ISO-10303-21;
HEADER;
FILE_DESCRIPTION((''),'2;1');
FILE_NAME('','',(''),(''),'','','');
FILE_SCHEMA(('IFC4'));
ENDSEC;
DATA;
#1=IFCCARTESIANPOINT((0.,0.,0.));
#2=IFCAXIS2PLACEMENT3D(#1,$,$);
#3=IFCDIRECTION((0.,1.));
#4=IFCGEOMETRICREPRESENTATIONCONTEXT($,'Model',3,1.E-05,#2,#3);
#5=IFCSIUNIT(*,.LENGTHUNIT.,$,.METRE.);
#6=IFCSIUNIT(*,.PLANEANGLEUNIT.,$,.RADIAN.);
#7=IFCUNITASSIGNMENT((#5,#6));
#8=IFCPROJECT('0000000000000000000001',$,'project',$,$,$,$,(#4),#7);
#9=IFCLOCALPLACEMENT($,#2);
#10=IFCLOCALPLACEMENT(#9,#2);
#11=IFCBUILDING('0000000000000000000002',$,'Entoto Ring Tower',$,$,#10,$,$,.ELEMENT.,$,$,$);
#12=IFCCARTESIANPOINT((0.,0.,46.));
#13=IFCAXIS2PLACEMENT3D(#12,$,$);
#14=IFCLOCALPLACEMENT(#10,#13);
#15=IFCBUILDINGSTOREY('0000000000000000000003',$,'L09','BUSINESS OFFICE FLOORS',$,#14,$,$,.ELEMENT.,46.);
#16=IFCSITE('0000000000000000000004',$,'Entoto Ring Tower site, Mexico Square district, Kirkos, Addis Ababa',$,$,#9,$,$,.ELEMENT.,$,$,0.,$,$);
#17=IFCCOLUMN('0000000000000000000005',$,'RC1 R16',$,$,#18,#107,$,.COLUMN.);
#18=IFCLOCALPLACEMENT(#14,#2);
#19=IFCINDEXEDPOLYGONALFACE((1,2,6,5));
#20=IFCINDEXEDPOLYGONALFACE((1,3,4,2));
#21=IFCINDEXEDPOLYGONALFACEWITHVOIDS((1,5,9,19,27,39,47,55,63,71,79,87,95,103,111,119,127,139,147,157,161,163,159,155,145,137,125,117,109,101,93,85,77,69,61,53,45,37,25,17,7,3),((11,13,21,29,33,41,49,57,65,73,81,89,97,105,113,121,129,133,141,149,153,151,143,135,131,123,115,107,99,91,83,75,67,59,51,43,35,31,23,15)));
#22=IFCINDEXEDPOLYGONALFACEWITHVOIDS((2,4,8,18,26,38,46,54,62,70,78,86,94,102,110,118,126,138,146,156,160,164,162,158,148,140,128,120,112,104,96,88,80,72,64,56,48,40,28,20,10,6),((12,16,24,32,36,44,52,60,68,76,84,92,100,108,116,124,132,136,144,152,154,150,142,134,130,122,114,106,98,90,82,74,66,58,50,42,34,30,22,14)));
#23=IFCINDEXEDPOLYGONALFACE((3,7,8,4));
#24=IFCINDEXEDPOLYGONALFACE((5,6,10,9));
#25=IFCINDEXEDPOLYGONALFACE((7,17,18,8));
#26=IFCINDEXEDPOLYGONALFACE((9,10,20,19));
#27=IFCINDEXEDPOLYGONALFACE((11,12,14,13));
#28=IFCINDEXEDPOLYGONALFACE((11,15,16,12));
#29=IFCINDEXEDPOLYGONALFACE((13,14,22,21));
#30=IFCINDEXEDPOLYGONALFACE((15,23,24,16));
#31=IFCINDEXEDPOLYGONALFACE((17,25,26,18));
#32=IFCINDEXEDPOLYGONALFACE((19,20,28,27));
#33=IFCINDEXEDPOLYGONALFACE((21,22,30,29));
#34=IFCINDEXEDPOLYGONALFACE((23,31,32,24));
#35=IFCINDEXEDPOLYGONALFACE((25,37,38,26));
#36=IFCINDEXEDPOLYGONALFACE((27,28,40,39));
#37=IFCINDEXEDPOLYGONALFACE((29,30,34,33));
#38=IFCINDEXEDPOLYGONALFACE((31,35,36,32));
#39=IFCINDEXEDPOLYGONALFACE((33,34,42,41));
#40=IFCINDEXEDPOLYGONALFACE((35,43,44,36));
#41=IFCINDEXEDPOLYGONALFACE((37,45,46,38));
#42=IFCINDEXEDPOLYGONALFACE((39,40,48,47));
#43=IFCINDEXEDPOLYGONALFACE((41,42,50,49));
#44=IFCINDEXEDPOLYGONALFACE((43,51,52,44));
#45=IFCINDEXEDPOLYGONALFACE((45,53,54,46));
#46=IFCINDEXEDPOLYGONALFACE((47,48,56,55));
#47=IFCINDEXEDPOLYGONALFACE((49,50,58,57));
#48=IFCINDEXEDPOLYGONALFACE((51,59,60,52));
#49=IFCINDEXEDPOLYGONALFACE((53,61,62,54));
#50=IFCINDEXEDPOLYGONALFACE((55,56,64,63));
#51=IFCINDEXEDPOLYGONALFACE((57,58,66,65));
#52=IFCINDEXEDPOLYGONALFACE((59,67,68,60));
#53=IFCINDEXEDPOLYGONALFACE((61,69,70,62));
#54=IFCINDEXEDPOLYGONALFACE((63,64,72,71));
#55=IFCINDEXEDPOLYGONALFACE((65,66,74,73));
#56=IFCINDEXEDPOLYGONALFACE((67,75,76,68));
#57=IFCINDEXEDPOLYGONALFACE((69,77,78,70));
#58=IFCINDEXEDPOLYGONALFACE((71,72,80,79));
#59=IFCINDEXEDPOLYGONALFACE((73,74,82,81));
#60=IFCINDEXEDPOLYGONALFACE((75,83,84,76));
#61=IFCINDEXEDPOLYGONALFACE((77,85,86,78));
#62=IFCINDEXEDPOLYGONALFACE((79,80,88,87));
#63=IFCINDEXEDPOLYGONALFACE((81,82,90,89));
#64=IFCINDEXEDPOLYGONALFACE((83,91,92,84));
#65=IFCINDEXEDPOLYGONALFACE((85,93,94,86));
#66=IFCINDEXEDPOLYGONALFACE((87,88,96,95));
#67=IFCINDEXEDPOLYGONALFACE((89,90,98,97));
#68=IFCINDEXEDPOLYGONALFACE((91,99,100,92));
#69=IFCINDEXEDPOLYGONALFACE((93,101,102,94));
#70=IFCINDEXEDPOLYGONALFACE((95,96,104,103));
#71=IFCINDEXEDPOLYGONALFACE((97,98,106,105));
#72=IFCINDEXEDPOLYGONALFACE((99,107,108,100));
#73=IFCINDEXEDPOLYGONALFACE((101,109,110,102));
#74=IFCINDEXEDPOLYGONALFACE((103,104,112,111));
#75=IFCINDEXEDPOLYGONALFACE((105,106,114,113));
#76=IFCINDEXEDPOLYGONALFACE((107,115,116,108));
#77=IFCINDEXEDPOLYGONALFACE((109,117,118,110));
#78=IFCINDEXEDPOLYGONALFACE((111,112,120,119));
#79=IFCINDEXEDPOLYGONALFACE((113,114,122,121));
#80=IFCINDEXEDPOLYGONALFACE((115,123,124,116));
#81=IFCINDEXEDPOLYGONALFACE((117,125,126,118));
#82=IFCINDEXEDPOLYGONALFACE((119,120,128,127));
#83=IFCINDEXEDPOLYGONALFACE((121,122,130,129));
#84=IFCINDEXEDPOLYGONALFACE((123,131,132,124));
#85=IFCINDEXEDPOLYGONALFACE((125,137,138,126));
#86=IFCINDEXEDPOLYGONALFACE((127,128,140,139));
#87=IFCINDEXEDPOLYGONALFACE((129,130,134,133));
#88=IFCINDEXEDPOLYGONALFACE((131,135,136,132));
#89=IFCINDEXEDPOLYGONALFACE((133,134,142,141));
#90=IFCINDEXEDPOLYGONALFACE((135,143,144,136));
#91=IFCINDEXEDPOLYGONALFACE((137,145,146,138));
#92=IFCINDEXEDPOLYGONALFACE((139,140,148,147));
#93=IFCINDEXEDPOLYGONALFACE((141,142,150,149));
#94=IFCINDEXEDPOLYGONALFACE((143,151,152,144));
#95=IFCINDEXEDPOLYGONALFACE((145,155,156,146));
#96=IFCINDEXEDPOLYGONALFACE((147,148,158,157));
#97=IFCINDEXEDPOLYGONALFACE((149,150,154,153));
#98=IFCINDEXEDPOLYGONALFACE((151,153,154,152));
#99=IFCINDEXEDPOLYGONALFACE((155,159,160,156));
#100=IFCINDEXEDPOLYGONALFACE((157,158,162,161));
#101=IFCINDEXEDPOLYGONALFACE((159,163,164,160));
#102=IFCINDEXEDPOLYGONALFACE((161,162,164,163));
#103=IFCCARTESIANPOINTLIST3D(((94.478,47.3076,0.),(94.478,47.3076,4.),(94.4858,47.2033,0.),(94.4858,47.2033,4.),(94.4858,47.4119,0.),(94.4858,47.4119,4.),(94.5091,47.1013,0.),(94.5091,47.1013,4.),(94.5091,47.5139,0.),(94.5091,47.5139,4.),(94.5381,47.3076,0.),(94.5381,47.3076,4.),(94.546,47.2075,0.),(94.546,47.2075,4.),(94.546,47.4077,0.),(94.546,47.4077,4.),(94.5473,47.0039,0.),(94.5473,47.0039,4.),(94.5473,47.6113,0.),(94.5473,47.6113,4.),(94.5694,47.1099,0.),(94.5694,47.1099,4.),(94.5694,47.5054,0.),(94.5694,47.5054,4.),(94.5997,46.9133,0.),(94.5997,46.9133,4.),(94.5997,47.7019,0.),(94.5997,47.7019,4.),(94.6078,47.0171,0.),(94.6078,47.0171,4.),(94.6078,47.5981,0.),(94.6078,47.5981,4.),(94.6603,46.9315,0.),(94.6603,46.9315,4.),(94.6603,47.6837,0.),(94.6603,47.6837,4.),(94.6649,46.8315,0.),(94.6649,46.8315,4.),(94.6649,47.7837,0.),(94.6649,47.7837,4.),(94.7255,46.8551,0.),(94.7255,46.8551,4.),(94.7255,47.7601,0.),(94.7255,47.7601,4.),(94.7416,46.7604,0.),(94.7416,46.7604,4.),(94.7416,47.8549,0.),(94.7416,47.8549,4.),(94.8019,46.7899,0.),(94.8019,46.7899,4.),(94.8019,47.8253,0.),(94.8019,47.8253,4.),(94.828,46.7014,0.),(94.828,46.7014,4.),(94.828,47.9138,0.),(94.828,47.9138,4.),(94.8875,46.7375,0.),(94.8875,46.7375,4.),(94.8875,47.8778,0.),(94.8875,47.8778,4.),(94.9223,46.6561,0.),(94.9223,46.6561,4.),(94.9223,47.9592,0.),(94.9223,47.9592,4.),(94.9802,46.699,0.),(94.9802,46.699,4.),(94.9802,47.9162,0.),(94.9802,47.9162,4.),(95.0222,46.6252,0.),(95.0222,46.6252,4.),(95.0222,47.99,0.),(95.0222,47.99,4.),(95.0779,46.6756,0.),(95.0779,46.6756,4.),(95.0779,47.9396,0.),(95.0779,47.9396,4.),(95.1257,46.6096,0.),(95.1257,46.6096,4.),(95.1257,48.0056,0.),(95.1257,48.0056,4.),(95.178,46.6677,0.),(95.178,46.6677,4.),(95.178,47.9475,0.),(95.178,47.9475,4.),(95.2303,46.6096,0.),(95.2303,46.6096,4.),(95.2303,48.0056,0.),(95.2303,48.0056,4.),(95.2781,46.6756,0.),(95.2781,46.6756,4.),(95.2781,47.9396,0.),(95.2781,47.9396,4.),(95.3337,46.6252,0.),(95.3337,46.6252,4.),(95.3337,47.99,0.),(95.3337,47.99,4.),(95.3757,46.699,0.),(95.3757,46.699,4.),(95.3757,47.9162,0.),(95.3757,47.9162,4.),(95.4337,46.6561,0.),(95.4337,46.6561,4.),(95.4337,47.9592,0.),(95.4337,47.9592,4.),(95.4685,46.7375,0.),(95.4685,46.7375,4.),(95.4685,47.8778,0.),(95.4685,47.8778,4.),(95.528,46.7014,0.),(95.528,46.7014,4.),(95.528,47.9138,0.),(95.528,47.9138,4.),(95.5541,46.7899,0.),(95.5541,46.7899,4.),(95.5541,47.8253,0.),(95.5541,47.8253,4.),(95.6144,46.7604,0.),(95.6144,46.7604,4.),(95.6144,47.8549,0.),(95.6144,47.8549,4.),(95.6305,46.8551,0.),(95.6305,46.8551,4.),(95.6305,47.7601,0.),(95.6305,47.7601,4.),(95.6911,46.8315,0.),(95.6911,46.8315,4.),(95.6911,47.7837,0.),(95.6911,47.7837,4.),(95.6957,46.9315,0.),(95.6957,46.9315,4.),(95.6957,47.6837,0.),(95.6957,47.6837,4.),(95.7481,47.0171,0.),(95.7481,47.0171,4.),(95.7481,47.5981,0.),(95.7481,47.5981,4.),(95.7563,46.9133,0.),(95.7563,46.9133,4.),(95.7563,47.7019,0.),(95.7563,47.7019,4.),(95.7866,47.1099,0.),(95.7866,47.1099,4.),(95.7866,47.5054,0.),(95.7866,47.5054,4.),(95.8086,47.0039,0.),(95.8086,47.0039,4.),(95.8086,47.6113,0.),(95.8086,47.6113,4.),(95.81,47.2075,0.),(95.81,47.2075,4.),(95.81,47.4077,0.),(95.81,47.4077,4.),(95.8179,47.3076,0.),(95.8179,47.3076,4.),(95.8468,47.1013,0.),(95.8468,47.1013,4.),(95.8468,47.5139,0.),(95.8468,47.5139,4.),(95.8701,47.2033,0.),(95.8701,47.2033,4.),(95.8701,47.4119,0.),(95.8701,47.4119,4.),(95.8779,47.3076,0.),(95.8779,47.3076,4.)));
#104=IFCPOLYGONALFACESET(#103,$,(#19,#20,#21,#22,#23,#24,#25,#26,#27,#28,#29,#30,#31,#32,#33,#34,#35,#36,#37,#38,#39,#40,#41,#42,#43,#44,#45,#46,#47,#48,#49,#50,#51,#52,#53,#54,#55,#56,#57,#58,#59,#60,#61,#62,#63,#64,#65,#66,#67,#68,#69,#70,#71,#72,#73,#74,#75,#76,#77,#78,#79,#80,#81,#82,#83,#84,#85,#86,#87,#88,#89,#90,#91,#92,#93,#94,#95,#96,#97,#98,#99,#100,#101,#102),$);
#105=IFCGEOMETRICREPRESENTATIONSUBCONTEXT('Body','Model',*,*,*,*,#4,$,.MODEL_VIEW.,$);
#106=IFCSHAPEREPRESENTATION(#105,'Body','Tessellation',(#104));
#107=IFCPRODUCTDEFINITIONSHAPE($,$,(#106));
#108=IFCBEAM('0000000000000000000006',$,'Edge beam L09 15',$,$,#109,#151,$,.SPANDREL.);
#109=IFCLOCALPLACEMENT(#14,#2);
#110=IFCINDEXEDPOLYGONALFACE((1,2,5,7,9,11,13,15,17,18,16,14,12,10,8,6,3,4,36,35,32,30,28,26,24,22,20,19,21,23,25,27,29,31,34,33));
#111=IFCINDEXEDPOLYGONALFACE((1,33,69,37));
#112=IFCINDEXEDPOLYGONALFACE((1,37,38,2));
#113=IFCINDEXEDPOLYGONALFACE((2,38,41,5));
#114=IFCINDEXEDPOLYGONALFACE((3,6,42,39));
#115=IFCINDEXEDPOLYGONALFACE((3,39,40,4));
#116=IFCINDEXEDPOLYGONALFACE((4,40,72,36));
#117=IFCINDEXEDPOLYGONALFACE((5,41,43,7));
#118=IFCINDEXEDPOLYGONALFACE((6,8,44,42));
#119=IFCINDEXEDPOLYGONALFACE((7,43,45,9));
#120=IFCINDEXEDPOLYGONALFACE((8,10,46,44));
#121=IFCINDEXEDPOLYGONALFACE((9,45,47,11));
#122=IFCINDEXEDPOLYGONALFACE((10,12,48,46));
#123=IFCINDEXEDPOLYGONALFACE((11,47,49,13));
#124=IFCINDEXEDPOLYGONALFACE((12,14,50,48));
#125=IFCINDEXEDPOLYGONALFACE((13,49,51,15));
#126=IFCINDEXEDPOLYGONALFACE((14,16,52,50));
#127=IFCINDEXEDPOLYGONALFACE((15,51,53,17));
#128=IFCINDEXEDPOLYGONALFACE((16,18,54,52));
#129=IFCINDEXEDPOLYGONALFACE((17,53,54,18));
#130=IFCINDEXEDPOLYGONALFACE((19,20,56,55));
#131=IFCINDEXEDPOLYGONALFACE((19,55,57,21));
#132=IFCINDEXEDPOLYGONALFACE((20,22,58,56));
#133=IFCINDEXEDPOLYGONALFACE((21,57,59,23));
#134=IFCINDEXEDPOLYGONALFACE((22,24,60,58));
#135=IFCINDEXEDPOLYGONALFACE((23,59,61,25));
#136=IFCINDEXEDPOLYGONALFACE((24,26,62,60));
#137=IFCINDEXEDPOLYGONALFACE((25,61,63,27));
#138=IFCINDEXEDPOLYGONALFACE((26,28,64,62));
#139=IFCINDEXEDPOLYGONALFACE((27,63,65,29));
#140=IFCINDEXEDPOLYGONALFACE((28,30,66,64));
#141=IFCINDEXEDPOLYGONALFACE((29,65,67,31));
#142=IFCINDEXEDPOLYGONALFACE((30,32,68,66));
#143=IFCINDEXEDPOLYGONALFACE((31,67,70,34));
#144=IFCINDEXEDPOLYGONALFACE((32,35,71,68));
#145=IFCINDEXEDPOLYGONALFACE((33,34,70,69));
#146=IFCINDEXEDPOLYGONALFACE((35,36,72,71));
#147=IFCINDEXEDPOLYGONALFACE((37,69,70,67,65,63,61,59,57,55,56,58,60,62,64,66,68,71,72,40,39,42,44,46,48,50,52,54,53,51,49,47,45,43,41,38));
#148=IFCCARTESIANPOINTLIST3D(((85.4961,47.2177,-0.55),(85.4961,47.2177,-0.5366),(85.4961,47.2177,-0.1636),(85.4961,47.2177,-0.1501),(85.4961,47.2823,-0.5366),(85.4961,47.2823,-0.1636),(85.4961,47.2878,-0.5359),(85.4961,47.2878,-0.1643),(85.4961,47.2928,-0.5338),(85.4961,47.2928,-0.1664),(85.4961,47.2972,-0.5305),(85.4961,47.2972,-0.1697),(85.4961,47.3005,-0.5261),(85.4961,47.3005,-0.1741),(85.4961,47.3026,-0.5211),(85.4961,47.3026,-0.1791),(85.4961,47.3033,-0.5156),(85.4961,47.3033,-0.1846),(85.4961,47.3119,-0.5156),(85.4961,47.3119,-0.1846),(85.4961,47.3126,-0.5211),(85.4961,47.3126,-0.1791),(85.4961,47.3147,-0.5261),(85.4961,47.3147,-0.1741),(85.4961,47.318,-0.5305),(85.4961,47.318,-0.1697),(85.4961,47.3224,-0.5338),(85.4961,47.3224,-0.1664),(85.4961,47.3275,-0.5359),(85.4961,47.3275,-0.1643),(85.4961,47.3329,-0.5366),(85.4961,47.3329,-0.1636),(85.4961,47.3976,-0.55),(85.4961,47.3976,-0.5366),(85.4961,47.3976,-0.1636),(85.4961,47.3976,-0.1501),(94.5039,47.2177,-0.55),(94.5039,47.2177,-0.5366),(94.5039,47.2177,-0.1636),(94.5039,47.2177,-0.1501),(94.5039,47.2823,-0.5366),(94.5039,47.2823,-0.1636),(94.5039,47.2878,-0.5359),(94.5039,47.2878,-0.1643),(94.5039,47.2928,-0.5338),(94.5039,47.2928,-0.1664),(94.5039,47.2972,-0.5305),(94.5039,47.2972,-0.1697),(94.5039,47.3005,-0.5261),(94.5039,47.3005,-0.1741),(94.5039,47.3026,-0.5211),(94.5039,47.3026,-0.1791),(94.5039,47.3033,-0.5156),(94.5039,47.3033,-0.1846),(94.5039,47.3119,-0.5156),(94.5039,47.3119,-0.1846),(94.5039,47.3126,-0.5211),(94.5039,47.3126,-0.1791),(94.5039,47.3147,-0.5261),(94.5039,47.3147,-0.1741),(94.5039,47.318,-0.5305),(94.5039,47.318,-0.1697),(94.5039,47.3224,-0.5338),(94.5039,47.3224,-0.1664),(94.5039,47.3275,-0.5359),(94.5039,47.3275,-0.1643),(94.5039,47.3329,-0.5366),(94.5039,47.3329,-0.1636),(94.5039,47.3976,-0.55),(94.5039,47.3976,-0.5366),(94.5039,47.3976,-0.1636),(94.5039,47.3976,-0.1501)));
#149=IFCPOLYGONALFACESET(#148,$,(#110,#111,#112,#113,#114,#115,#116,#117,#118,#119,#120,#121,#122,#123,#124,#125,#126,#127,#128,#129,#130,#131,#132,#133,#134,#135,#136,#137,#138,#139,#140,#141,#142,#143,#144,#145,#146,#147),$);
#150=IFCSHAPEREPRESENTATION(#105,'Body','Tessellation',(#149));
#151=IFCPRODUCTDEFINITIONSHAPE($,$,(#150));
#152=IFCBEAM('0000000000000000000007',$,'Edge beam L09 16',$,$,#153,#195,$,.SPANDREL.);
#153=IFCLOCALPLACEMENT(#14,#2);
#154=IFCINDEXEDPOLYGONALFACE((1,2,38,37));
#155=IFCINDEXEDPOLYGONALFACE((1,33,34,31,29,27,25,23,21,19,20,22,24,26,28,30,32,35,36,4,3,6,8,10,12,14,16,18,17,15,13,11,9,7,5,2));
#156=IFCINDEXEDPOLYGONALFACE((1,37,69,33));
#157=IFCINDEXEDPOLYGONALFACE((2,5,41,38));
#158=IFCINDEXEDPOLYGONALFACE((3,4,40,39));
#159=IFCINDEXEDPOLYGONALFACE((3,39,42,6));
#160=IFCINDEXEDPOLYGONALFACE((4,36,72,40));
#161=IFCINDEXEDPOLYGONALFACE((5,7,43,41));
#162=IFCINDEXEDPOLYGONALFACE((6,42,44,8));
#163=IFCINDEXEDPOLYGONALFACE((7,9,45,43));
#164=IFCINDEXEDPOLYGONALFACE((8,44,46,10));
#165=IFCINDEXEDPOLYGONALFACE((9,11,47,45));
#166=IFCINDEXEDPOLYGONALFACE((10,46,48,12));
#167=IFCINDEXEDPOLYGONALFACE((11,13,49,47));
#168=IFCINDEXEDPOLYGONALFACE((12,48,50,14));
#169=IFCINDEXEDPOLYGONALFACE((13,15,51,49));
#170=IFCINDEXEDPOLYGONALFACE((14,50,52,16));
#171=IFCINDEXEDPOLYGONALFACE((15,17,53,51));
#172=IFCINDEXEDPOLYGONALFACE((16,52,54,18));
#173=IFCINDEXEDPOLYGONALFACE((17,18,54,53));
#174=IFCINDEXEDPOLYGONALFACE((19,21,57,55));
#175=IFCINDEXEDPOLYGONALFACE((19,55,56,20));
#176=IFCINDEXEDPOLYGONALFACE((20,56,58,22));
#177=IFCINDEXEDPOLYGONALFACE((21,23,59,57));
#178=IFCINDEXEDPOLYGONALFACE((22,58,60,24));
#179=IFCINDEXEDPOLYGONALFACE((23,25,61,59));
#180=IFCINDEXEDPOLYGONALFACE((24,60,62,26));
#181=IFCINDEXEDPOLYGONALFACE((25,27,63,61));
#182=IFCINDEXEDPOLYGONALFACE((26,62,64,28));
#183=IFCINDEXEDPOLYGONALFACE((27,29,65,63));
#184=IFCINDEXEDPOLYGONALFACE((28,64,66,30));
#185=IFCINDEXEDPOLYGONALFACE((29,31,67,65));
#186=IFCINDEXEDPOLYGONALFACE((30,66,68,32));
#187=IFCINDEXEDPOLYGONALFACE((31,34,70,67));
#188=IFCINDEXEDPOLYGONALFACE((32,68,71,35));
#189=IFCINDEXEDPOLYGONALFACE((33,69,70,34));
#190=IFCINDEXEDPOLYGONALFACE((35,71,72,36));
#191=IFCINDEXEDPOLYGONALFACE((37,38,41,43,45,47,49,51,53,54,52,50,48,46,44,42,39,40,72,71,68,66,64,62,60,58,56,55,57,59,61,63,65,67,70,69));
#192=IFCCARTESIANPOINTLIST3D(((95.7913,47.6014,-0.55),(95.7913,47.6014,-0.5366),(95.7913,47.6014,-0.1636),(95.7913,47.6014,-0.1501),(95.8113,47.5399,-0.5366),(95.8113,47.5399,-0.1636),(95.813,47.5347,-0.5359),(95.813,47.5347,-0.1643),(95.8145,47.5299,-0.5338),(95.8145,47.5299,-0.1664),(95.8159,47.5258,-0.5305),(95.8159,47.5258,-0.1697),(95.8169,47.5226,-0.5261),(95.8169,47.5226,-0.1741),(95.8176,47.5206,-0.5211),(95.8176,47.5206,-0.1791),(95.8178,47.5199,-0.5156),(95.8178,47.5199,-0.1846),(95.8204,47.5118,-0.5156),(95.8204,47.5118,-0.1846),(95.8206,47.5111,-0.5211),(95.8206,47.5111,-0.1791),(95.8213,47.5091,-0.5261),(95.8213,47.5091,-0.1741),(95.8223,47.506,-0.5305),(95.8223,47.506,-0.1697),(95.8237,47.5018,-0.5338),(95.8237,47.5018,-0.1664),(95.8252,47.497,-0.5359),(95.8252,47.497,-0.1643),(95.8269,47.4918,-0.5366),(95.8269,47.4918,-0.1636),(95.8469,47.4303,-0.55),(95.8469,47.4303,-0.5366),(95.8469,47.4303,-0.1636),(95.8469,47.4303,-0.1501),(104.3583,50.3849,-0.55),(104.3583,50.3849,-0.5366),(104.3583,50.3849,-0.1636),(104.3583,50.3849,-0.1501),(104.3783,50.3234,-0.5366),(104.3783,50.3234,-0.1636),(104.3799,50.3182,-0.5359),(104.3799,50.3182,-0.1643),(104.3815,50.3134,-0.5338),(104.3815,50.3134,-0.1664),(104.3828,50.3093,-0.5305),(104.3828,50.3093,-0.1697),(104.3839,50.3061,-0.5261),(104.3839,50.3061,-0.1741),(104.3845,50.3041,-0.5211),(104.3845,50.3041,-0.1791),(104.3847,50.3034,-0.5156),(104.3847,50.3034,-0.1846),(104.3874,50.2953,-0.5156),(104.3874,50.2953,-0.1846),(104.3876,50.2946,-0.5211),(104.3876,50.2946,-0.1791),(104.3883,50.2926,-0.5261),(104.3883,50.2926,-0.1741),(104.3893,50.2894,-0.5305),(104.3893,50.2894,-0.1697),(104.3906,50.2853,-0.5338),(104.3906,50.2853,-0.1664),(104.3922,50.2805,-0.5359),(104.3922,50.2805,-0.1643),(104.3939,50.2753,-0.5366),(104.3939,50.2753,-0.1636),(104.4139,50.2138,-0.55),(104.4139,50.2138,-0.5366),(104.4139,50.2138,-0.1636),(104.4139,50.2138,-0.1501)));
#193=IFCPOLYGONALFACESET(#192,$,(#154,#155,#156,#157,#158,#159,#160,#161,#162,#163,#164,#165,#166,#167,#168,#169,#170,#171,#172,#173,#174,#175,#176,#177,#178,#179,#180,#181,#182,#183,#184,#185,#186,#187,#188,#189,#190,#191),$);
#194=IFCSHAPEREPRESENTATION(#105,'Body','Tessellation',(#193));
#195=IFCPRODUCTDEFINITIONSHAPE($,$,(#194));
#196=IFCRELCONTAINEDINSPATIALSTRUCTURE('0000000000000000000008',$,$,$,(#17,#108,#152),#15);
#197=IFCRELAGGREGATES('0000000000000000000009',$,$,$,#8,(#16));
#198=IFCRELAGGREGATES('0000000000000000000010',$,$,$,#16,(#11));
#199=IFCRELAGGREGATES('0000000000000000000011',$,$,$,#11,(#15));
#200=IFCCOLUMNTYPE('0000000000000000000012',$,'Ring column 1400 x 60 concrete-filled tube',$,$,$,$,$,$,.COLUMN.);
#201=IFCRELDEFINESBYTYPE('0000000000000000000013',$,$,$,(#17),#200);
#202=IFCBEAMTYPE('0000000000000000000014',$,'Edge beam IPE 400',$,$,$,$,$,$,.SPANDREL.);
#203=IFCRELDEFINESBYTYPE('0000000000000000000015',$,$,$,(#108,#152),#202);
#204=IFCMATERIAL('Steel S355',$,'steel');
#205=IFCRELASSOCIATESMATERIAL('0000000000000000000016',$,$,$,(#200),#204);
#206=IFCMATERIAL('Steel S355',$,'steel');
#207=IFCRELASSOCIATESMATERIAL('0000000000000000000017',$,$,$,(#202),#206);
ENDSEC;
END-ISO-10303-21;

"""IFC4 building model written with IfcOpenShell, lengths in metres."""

from ifc_helpers import new_model, si_unit, direction, frame, origin, origin_2d, place, context, subcontext, project, spatial, circle, hollow_circle, i_section, extrude, material, material_profile, profile_set, type_object, element, save


model = new_model("IFC4")

# Units and contexts
model_context = context("Model", 3, precision=1e-05, world=origin(), true_north=direction((0.0, 1.0)))
body_context = subcontext(model_context, "Body", "Model", "MODEL_VIEW")
ifc_project = project(units=[si_unit("LENGTHUNIT", "METRE"), si_unit("PLANEANGLEUNIT", "RADIAN")], contexts=[model_context])

# Site, building, storey
site_placement = place(None, origin())
site = spatial("IfcSite", under=ifc_project, at=site_placement, Name="Entoto Ring Tower site, Mexico Square district, Kirkos, Addis Ababa", CompositionType="ELEMENT", RefElevation=0.0)
building_placement = place(site_placement, origin())
building = spatial("IfcBuilding", under=site, at=building_placement, Name="Entoto Ring Tower", CompositionType="ELEMENT")
storey_placement = place(building_placement, frame((0.0, 0.0, 46.0)))
storey = spatial("IfcBuildingStorey", under=building, at=storey_placement, Name="L09", Description="BUSINESS OFFICE FLOORS", CompositionType="ELEMENT", Elevation=46.0)

# Column
ifc_material_1 = material(Name="Steel S355", Category="steel")
ifc_material_profile_1 = material_profile(ifc_material_1, hollow_circle(Radius=0.7, WallThickness=0.0601, at=origin_2d()), Name="CHS 1400 x 60")
ifc_material_2 = material(Name="Concrete C60/75", Category="concrete")
ifc_material_profile_2 = material_profile(ifc_material_2, circle(Radius=0.6399, at=origin_2d()), Name="Concrete C60/75 infill")
ifc_profile_set_1 = profile_set([ifc_material_profile_1, ifc_material_profile_2], Name="Steel S355")
column_type = type_object("IfcColumnType", Name="Ring column 1400 x 60 concrete-filled tube", PredefinedType="COLUMN", material=ifc_profile_set_1)
column_placement = place(storey_placement, frame((95.178, 47.3076, 0.0), z_axis=(0.0, 0.0, 1.0), x_axis=(1.0, 0.0, 0.0)))
element("IfcColumn", 1, at=column_placement, inside=storey, type_object=column_type, Name="RC1 R16", PredefinedType="COLUMN", context=body_context, shape_type="SweptSolid", body=[
    extrude(hollow_circle(Radius=0.7, WallThickness=0.0601, at=origin_2d()), origin(), (0.0, 0.0, 1.0), 4.0),
])

# Beams
ifc_material_3 = material(Name="Steel S355", Category="steel")
ifc_material_profile_3 = material_profile(ifc_material_3, i_section(OverallWidth=0.1799, OverallDepth=0.3999, WebThickness=0.0085, FlangeThickness=0.0134, FilletRadius=0.021, at=origin_2d()), Name="IPE 400")
ifc_profile_set_2 = profile_set([ifc_material_profile_3], Name="Steel S355")
beam_type_1 = type_object("IfcBeamType", Name="Edge beam IPE 400", PredefinedType="SPANDREL", material=ifc_profile_set_2)
for number, where, z_axis, x_axis, name in (
    (2, (85.4961, 47.3076, -0.3501), (1.0, 0.0, 0.0), (0.0, 1.0, 0.0), "Edge beam L09 15"),
    (3, (95.8191, 47.5159, -0.3501), (0.95106, 0.309006, 0.0), (-0.309006, 0.95106, 0.0), "Edge beam L09 16"),
):
    element("IfcBeam", number, at=place(storey_placement, frame(where, z_axis=z_axis, x_axis=x_axis)), inside=storey, type_object=beam_type_1, Name=name, PredefinedType="SPANDREL", context=body_context, shape_type="SweptSolid", body=[
        extrude(i_section(OverallWidth=0.1799, OverallDepth=0.3999, WebThickness=0.0085, FlangeThickness=0.0134, FilletRadius=0.021, at=origin_2d()), origin(), (0.0, 0.0, 1.0), 9.0078),
    ])

save(model, "model.ifc")
